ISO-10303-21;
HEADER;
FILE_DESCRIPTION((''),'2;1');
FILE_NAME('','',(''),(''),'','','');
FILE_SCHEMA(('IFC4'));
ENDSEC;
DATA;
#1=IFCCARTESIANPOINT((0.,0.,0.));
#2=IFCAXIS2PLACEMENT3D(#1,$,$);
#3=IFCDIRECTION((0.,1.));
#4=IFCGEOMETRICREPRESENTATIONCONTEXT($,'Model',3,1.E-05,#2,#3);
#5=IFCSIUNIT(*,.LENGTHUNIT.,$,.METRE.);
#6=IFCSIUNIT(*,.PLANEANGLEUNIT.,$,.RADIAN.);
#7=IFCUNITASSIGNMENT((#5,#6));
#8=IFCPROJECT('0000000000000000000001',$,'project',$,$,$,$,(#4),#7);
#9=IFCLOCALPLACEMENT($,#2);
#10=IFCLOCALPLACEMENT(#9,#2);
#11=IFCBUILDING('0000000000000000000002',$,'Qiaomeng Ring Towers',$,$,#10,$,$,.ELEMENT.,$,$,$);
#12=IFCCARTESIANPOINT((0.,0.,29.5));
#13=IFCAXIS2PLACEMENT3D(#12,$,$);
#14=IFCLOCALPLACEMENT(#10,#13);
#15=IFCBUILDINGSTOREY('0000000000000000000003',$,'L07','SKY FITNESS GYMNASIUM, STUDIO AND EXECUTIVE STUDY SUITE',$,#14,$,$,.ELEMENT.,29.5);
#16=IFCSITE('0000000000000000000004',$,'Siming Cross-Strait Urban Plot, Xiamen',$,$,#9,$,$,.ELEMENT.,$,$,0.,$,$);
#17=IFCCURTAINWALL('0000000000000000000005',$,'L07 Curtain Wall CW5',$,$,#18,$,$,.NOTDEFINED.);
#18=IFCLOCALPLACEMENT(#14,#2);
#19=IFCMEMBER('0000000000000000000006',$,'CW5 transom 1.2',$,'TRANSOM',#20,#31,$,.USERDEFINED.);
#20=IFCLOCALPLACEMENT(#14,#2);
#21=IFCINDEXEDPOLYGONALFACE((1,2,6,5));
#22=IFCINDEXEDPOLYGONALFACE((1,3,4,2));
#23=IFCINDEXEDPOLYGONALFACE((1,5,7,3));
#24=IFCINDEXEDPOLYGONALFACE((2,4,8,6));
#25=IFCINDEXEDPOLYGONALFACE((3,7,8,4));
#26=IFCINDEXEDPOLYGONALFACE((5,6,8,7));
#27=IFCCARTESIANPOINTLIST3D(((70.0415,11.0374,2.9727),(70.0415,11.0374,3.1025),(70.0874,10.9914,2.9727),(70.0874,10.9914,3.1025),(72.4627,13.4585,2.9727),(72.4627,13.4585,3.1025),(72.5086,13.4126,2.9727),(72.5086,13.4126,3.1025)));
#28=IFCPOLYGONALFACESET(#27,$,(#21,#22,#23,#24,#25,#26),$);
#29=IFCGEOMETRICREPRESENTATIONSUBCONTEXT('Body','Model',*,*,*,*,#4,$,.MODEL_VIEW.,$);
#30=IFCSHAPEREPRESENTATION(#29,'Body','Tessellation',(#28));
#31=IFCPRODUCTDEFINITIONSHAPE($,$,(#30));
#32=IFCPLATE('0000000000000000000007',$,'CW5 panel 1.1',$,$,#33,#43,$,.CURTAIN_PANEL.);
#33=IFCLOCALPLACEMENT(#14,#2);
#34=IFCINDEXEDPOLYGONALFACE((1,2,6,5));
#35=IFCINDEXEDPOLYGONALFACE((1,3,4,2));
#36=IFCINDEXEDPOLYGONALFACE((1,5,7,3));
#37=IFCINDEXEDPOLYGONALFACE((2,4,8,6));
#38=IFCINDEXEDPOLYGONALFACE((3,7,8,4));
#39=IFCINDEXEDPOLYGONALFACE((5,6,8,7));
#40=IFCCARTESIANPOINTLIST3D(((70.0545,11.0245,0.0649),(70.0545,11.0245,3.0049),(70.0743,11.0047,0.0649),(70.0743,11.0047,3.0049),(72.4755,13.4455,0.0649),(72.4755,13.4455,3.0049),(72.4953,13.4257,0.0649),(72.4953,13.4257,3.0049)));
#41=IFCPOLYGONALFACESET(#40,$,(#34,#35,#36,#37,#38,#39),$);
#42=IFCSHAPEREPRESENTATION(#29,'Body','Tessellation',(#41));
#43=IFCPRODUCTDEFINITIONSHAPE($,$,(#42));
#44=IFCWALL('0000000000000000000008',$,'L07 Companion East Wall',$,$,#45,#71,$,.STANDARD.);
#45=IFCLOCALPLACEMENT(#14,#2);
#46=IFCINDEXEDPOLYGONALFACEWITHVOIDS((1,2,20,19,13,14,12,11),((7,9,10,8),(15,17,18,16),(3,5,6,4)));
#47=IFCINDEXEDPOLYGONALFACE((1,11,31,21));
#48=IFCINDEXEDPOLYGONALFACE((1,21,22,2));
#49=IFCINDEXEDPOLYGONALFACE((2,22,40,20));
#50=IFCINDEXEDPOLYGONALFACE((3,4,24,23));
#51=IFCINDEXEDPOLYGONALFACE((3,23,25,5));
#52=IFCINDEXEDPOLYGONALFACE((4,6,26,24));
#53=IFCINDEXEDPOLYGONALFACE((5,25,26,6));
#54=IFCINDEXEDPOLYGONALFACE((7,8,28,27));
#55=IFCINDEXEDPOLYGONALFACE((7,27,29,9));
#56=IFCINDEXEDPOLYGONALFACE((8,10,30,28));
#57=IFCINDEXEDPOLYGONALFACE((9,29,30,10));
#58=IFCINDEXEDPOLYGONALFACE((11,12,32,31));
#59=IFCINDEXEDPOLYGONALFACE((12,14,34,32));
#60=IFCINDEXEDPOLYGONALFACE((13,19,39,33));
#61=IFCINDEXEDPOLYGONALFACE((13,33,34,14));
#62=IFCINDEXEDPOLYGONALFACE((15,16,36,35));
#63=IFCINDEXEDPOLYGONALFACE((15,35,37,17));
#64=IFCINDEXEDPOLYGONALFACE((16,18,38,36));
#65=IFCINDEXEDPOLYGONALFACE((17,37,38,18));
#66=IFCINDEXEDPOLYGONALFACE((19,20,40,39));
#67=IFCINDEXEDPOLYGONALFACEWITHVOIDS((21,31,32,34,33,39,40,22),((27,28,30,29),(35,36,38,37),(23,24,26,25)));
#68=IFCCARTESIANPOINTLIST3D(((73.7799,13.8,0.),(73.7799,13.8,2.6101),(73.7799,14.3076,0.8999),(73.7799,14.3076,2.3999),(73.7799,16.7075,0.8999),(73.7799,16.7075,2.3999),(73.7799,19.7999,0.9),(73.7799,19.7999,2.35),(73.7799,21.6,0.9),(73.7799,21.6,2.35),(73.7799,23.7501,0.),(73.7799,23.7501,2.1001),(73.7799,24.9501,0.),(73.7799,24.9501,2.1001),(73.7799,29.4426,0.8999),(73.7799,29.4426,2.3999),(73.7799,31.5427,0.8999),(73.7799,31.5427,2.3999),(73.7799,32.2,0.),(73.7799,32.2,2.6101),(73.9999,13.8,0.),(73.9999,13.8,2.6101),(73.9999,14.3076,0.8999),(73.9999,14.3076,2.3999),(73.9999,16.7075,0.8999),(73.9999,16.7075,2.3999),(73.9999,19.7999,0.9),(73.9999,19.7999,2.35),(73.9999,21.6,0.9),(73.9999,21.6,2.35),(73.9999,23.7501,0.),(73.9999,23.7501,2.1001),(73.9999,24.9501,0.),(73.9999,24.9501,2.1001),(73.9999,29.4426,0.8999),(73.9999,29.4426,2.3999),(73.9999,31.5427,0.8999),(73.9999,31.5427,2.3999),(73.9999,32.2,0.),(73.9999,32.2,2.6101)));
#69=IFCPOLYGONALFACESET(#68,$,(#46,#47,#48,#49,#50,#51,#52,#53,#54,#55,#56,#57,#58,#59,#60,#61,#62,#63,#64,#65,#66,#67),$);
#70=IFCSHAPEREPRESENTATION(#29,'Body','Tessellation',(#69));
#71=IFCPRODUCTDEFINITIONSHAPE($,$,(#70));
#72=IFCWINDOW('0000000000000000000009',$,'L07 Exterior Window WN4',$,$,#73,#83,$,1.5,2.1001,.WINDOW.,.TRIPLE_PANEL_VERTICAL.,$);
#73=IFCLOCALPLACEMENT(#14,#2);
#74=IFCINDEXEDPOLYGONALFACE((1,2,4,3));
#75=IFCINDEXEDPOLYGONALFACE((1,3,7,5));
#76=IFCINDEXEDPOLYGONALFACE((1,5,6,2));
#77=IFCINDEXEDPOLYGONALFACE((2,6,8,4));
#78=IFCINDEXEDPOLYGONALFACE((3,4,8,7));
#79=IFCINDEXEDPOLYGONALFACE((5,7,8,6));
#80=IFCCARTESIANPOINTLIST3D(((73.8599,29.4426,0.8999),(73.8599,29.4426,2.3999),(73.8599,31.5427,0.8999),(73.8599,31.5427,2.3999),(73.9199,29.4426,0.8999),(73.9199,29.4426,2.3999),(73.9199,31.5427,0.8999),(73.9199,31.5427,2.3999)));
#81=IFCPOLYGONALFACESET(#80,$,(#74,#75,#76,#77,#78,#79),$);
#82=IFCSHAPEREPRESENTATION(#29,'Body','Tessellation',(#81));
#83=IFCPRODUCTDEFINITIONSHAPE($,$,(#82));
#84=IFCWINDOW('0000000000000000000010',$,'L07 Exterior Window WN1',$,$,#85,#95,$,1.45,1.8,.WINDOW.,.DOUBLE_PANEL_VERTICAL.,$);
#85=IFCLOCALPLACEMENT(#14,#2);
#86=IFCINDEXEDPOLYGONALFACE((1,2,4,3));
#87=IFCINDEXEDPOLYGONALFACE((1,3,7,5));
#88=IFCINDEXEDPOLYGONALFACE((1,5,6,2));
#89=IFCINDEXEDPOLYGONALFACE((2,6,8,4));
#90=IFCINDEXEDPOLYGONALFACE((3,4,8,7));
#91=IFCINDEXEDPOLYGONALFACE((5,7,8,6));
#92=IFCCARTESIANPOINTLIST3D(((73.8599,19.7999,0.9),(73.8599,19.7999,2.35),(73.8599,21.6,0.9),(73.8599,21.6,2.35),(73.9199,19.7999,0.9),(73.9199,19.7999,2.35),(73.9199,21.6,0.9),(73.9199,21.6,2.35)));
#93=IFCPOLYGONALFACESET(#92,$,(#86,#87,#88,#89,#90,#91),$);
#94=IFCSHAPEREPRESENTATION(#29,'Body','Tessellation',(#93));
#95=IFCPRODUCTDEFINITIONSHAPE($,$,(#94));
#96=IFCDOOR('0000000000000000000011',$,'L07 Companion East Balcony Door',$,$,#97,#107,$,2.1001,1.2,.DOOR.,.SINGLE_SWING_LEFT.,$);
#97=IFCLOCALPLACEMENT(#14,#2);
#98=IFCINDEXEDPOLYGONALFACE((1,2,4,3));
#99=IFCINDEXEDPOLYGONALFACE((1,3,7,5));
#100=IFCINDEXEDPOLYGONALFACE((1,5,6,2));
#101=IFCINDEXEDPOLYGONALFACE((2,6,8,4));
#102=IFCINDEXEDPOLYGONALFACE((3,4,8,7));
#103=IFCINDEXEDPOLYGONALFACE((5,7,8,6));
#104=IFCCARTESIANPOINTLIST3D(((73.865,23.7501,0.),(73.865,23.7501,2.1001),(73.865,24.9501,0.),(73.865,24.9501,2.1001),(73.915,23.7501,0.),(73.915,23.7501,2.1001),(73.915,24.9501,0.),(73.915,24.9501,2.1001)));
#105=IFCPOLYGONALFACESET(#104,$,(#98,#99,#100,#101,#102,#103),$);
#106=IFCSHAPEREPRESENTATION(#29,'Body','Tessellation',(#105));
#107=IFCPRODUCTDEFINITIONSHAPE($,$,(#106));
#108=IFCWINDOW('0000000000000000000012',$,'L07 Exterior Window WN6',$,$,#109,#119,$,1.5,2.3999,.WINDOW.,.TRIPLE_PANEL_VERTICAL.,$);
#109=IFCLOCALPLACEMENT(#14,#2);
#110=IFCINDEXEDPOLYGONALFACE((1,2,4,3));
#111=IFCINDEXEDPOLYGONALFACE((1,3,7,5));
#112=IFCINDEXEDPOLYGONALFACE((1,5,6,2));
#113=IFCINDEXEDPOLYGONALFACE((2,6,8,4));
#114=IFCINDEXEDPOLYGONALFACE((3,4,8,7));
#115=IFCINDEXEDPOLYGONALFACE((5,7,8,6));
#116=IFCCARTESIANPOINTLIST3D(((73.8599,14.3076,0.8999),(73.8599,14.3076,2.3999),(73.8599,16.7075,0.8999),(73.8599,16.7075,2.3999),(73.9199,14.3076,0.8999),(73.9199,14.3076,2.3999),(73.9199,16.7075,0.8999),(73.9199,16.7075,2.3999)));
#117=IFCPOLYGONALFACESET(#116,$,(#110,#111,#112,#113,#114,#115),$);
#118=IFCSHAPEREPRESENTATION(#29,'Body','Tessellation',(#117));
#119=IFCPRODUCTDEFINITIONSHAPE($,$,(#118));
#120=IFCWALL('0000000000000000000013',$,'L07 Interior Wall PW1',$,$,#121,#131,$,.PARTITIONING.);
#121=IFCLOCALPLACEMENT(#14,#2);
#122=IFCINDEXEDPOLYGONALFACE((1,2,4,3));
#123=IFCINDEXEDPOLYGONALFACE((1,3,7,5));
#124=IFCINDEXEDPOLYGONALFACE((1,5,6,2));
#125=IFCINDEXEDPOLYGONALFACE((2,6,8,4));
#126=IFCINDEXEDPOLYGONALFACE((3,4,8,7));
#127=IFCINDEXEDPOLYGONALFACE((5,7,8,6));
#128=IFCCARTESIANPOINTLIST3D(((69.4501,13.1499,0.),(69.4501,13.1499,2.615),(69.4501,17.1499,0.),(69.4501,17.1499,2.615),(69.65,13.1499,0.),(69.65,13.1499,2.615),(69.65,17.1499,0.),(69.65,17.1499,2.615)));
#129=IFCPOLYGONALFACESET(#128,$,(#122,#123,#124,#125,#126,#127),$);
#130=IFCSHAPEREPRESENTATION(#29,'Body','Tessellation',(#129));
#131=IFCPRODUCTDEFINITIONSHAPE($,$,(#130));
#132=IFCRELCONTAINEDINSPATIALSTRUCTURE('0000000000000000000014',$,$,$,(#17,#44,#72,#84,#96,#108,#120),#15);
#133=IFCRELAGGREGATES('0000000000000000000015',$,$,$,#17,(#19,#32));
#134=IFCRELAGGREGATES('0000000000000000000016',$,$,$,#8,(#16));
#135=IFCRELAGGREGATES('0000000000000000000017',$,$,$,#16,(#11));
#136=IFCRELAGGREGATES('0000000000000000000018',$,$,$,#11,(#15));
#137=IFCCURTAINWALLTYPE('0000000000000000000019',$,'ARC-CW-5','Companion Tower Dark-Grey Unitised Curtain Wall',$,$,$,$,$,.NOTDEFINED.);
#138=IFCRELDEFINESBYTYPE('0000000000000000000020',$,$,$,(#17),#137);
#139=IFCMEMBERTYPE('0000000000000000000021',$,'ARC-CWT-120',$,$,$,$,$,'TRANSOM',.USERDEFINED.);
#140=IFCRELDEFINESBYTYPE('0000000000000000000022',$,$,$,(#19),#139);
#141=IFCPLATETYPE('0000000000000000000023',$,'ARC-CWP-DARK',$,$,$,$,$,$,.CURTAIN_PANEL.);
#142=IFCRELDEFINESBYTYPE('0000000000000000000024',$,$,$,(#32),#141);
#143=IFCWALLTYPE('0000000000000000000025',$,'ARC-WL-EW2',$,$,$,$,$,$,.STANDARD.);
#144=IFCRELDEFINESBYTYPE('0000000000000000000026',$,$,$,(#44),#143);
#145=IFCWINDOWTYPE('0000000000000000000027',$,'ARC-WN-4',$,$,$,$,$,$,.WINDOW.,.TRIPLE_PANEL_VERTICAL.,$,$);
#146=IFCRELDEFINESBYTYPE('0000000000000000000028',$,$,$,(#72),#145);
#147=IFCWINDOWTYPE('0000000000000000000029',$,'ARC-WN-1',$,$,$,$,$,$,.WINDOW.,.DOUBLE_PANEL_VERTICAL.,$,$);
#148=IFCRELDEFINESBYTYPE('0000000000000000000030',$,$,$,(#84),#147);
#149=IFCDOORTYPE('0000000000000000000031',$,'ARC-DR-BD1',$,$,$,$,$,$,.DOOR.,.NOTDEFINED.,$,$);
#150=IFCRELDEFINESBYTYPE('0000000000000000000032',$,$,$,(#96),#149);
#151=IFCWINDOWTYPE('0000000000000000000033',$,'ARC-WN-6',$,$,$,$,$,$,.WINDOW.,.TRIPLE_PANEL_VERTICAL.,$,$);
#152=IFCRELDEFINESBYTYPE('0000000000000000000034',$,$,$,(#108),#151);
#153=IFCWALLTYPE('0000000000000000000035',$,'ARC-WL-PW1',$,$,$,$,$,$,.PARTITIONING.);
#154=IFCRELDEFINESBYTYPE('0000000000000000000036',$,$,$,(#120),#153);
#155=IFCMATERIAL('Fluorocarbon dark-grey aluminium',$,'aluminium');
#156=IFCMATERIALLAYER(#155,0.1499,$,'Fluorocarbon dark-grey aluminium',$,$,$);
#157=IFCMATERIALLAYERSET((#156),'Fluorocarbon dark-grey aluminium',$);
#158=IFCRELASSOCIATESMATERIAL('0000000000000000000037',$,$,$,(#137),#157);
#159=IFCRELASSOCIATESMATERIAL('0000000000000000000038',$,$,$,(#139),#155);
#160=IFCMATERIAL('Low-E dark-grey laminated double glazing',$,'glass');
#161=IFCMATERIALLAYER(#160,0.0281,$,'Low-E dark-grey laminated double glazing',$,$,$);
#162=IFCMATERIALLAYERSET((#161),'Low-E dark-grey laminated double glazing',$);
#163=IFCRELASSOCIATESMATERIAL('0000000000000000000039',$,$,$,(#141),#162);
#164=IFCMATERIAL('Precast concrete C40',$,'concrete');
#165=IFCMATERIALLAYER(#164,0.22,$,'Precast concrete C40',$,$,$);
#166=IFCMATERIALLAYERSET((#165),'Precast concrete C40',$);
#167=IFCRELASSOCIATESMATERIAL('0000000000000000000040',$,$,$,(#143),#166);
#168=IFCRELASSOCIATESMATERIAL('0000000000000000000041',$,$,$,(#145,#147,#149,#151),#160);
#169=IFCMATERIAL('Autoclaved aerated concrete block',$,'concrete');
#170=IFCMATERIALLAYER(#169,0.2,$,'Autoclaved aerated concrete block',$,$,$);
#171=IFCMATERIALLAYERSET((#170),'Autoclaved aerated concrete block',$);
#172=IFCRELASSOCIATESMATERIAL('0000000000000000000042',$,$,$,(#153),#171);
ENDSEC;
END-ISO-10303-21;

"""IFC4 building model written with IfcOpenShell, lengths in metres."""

from ifc_helpers import new_model, si_unit, direction, frame, frame_2d, origin, origin_2d, place, context, subcontext, project, spatial, rectangle, extrude, source, transform, mapped, material, layer, layer_set, material_profile, profile_set, type_object, element, fill, aggregate, save


model = new_model("IFC4")

# Units and contexts
model_context = context("Model", 3, precision=1e-05, world=origin(), true_north=direction((0.0, 1.0)))
body_context = subcontext(model_context, "Body", "Model", "MODEL_VIEW")
ifc_project = project(units=[si_unit("LENGTHUNIT", "METRE"), si_unit("PLANEANGLEUNIT", "RADIAN")], contexts=[model_context])

# Site, building, storey
site_placement = place(None, origin())
site = spatial("IfcSite", under=ifc_project, at=site_placement, Name="Siming Cross-Strait Urban Plot, Xiamen", CompositionType="ELEMENT", RefElevation=0.0)
building_placement = place(site_placement, origin())
building = spatial("IfcBuilding", under=site, at=building_placement, Name="Qiaomeng Ring Towers", CompositionType="ELEMENT")
storey_placement = place(building_placement, frame((0.0, 0.0, 29.5)))
storey = spatial("IfcBuildingStorey", under=building, at=storey_placement, Name="L07", Description="SKY FITNESS GYMNASIUM, STUDIO AND EXECUTIVE STUDY SUITE", CompositionType="ELEMENT", Elevation=29.5)

# Curtain wall
ifc_material_1 = material(Name="Fluorocarbon dark-grey aluminium", Category="aluminium")
ifc_layer_1 = layer(ifc_material_1, 0.1499, Name="Fluorocarbon dark-grey aluminium")
ifc_layer_set_1 = layer_set([ifc_layer_1], Name="Fluorocarbon dark-grey aluminium")
curtain_wall_type = type_object("IfcCurtainWallType", Name="ARC-CW-5", Description="Companion Tower Dark-Grey Unitised Curtain Wall", PredefinedType="NOTDEFINED", material=ifc_layer_set_1)
curtain_wall_1_placement = place(storey_placement, origin())
curtain_wall_1 = element("IfcCurtainWall", 1, at=curtain_wall_1_placement, inside=storey, type_object=curtain_wall_type, Name="L07 Curtain Wall CW5", PredefinedType="NOTDEFINED")

# Member
ifc_material_profile_1 = material_profile(ifc_material_1, rectangle(XDim=0.0649, YDim=0.1299, at=origin_2d()), Name="ALU TRAN 65x130")
ifc_profile_set_1 = profile_set([ifc_material_profile_1], Name="Fluorocarbon dark-grey aluminium")
member_type_1 = type_object("IfcMemberType", Name="ARC-CWT-120", ElementType="TRANSOM", PredefinedType="USERDEFINED", material=ifc_profile_set_1)
shared_shape_1 = source(origin(), body_context, "Body", "SweptSolid", [
    extrude(rectangle(XDim=0.0649, YDim=0.1299, at=origin_2d()), origin(), (0.0, 0.0, 1.0), 3.4241),
])
member_1_placement = place(storey_placement, frame((70.0645, 11.0144, 3.0376), z_axis=(0.707107, 0.707107, 0.0), x_axis=(-0.707107, 0.707107, 0.0)))
member_1 = element("IfcMember", 2, at=member_1_placement, type_object=member_type_1, Name="CW5 transom 1.2", ObjectType="TRANSOM", PredefinedType="USERDEFINED", context=body_context, shape_type="MappedRepresentation", body=[
    mapped(shared_shape_1, transform((0.0, 0.0, 0.0), x_axis=(1.0, 0.0, 0.0), y_axis=(0.0, 1.0, 0.0), z_axis=(0.0, 0.0, 1.0), scale=1.0)),
])

# Plate
ifc_material_2 = material(Name="Low-E dark-grey laminated double glazing", Category="glass")
ifc_layer_2 = layer(ifc_material_2, 0.0281, Name="Low-E dark-grey laminated double glazing")
ifc_layer_set_2 = layer_set([ifc_layer_2], Name="Low-E dark-grey laminated double glazing")
plate_type = type_object("IfcPlateType", Name="ARC-CWP-DARK", PredefinedType="CURTAIN_PANEL", material=ifc_layer_set_2)
shared_shape_2 = source(origin(), body_context, "Body", "SweptSolid", [
    extrude(rectangle(XDim=3.4238, YDim=0.0281, at=origin_2d()), origin(), (0.0, 0.0, 1.0), 2.9399),
])
plate_placement = place(storey_placement, frame((71.2749, 12.2251, 0.0649), z_axis=(0.0, 0.0, 1.0), x_axis=(0.707107, 0.707107, 0.0)))
plate = element("IfcPlate", 3, at=plate_placement, type_object=plate_type, Name="CW5 panel 1.1", PredefinedType="CURTAIN_PANEL", context=body_context, shape_type="MappedRepresentation", body=[
    mapped(shared_shape_2, transform((0.0, 0.0, 0.0), x_axis=(1.0, 0.0, 0.0), y_axis=(0.0, 1.0, 0.0), z_axis=(0.0, 0.0, 1.0), scale=1.0)),
])
aggregate(curtain_wall_1, [member_1, plate])

# Wall, openings, windows, door
ifc_material_3 = material(Name="Precast concrete C40", Category="concrete")
ifc_layer_3 = layer(ifc_material_3, 0.22, Name="Precast concrete C40")
ifc_layer_set_3 = layer_set([ifc_layer_3], Name="Precast concrete C40")
wall_type_1 = type_object("IfcWallType", Name="ARC-WL-EW2", PredefinedType="STANDARD", material=ifc_layer_set_3)
wall_1_placement = place(storey_placement, frame((73.8899, 13.8, 0.0), z_axis=(0.0, 0.0, 1.0), x_axis=(0.0, 1.0, 0.0)))
wall_1 = element("IfcWall", 4, at=wall_1_placement, inside=storey, type_object=wall_type_1, Name="L07 Companion East Wall", PredefinedType="STANDARD", context=body_context, shape_type="SweptSolid", body=[
    extrude(rectangle(XDim=18.3999, YDim=0.22, at=frame_2d((9.2, 0.0))), origin(), (0.0, 0.0, 1.0), 2.6101),
])
opening_1_placement = place(wall_1_placement, frame((9.95, 0.0, 0.0)))
opening_1 = element("IfcOpeningElement", 5, at=opening_1_placement, cuts=wall_1, PredefinedType="OPENING", context=body_context, shape_type="SweptSolid", body=[
    extrude(rectangle(XDim=1.2, YDim=2.1001, at=frame_2d((0.6001, 1.05))), frame((0.0, 0.1199, 0.0), z_axis=(0.0, -1.0, 0.0), x_axis=(1.0, 0.0, 0.0)), (0.0, 0.0, 1.0), 0.24),
])
opening_2_placement = place(wall_1_placement, frame((0.5076, 0.0, 0.8999)))
opening_2 = element("IfcOpeningElement", 6, at=opening_2_placement, cuts=wall_1, PredefinedType="OPENING", context=body_context, shape_type="SweptSolid", body=[
    extrude(rectangle(XDim=2.3999, YDim=1.5, at=frame_2d((1.2, 0.75))), frame((0.0, 0.1199, 0.0), z_axis=(0.0, -1.0, 0.0), x_axis=(1.0, 0.0, 0.0)), (0.0, 0.0, 1.0), 0.24),
])
opening_3_placement = place(wall_1_placement, frame((6.0, 0.0, 0.8999)))
opening_3 = element("IfcOpeningElement", 7, at=opening_3_placement, cuts=wall_1, PredefinedType="OPENING", context=body_context, shape_type="SweptSolid", body=[
    extrude(rectangle(XDim=1.8, YDim=1.45, at=frame_2d((0.8999, 0.7251))), frame((0.0, 0.1199, 0.0), z_axis=(0.0, -1.0, 0.0), x_axis=(1.0, 0.0, 0.0)), (0.0, 0.0, 1.0), 0.24),
])
opening_4_placement = place(wall_1_placement, frame((15.6426, 0.0, 0.8999)))
opening_4 = element("IfcOpeningElement", 8, at=opening_4_placement, cuts=wall_1, PredefinedType="OPENING", context=body_context, shape_type="SweptSolid", body=[
    extrude(rectangle(XDim=2.1001, YDim=1.5, at=frame_2d((1.05, 0.75))), frame((0.0, 0.1199, 0.0), z_axis=(0.0, -1.0, 0.0), x_axis=(1.0, 0.0, 0.0)), (0.0, 0.0, 1.0), 0.24),
])
window_type_1 = type_object("IfcWindowType", Name="ARC-WN-4", PartitioningType="TRIPLE_PANEL_VERTICAL", PredefinedType="WINDOW", material=ifc_material_2)
shared_shape_3 = source(origin(), body_context, "Body", "SweptSolid", [
    extrude(rectangle(XDim=2.1001, YDim=1.5, at=frame_2d((1.05, 0.75))), frame((0.0, 0.03, 0.0), z_axis=(0.0, -1.0, 0.0), x_axis=(1.0, 0.0, 0.0)), (0.0, 0.0, 1.0), 0.0601),
])
window_1_placement = place(opening_4_placement, origin())
window_1 = element("IfcWindow", 9, at=window_1_placement, inside=storey, type_object=window_type_1, Name="L07 Exterior Window WN4", OverallHeight=1.5, OverallWidth=2.1001, PartitioningType="TRIPLE_PANEL_VERTICAL", PredefinedType="WINDOW", context=body_context, shape_type="MappedRepresentation", body=[
    mapped(shared_shape_3, transform((0.0, 0.0, 0.0), x_axis=(1.0, 0.0, 0.0), y_axis=(0.0, 1.0, 0.0), z_axis=(0.0, 0.0, 1.0), scale=1.0)),
])
fill(opening_4, window_1)
window_type_2 = type_object("IfcWindowType", Name="ARC-WN-1", PartitioningType="DOUBLE_PANEL_VERTICAL", PredefinedType="WINDOW", material=ifc_material_2)
shared_shape_4 = source(origin(), body_context, "Body", "SweptSolid", [
    extrude(rectangle(XDim=1.8, YDim=1.45, at=frame_2d((0.8999, 0.7251))), frame((0.0, 0.03, 0.0), z_axis=(0.0, -1.0, 0.0), x_axis=(1.0, 0.0, 0.0)), (0.0, 0.0, 1.0), 0.0601),
])
window_2_placement = place(opening_3_placement, origin())
window_2 = element("IfcWindow", 10, at=window_2_placement, inside=storey, type_object=window_type_2, Name="L07 Exterior Window WN1", OverallHeight=1.45, OverallWidth=1.8, PartitioningType="DOUBLE_PANEL_VERTICAL", PredefinedType="WINDOW", context=body_context, shape_type="MappedRepresentation", body=[
    mapped(shared_shape_4, transform((0.0, 0.0, 0.0), x_axis=(1.0, 0.0, 0.0), y_axis=(0.0, 1.0, 0.0), z_axis=(0.0, 0.0, 1.0), scale=1.0)),
])
fill(opening_3, window_2)
door_type_1 = type_object("IfcDoorType", Name="ARC-DR-BD1", OperationType="NOTDEFINED", PredefinedType="DOOR", material=ifc_material_2)
shared_shape_5 = source(origin(), body_context, "Body", "SweptSolid", [
    extrude(rectangle(XDim=1.2, YDim=2.1001, at=frame_2d((0.6001, 1.05))), frame((0.0, 0.0249, 0.0), z_axis=(0.0, -1.0, 0.0), x_axis=(1.0, 0.0, 0.0)), (0.0, 0.0, 1.0), 0.05),
])
door_1_placement = place(opening_1_placement, origin())
door_1 = element("IfcDoor", 11, at=door_1_placement, inside=storey, type_object=door_type_1, Name="L07 Companion East Balcony Door", OperationType="SINGLE_SWING_LEFT", OverallHeight=2.1001, OverallWidth=1.2, PredefinedType="DOOR", context=body_context, shape_type="MappedRepresentation", body=[
    mapped(shared_shape_5, transform((0.0, 0.0, 0.0), x_axis=(1.0, 0.0, 0.0), y_axis=(0.0, 1.0, 0.0), z_axis=(0.0, 0.0, 1.0), scale=1.0)),
])
fill(opening_1, door_1)
window_type_3 = type_object("IfcWindowType", Name="ARC-WN-6", PartitioningType="TRIPLE_PANEL_VERTICAL", PredefinedType="WINDOW", material=ifc_material_2)
shared_shape_6 = source(origin(), body_context, "Body", "SweptSolid", [
    extrude(rectangle(XDim=2.3999, YDim=1.5, at=frame_2d((1.2, 0.75))), frame((0.0, 0.03, 0.0), z_axis=(0.0, -1.0, 0.0), x_axis=(1.0, 0.0, 0.0)), (0.0, 0.0, 1.0), 0.0601),
])
window_3_placement = place(opening_2_placement, origin())
window_3 = element("IfcWindow", 12, at=window_3_placement, inside=storey, type_object=window_type_3, Name="L07 Exterior Window WN6", OverallHeight=1.5, OverallWidth=2.3999, PartitioningType="TRIPLE_PANEL_VERTICAL", PredefinedType="WINDOW", context=body_context, shape_type="MappedRepresentation", body=[
    mapped(shared_shape_6, transform((0.0, 0.0, 0.0), x_axis=(1.0, 0.0, 0.0), y_axis=(0.0, 1.0, 0.0), z_axis=(0.0, 0.0, 1.0), scale=1.0)),
])
fill(opening_2, window_3)

# Wall
ifc_material_4 = material(Name="Autoclaved aerated concrete block", Category="concrete")
ifc_layer_4 = layer(ifc_material_4, 0.2, Name="Autoclaved aerated concrete block")
ifc_layer_set_4 = layer_set([ifc_layer_4], Name="Autoclaved aerated concrete block")
wall_type_2 = type_object("IfcWallType", Name="ARC-WL-PW1", PredefinedType="PARTITIONING", material=ifc_layer_set_4)
wall_2_placement = place(storey_placement, frame((69.55, 13.1499, 0.0), z_axis=(0.0, 0.0, 1.0), x_axis=(0.0, 1.0, 0.0)))
element("IfcWall", 13, at=wall_2_placement, inside=storey, type_object=wall_type_2, Name="L07 Interior Wall PW1", PredefinedType="PARTITIONING", context=body_context, shape_type="SweptSolid", body=[
    extrude(rectangle(XDim=4.0, YDim=0.2, at=frame_2d((2.0, 0.0))), origin(), (0.0, 0.0, 1.0), 2.615),
])

save(model, "model.ifc")
